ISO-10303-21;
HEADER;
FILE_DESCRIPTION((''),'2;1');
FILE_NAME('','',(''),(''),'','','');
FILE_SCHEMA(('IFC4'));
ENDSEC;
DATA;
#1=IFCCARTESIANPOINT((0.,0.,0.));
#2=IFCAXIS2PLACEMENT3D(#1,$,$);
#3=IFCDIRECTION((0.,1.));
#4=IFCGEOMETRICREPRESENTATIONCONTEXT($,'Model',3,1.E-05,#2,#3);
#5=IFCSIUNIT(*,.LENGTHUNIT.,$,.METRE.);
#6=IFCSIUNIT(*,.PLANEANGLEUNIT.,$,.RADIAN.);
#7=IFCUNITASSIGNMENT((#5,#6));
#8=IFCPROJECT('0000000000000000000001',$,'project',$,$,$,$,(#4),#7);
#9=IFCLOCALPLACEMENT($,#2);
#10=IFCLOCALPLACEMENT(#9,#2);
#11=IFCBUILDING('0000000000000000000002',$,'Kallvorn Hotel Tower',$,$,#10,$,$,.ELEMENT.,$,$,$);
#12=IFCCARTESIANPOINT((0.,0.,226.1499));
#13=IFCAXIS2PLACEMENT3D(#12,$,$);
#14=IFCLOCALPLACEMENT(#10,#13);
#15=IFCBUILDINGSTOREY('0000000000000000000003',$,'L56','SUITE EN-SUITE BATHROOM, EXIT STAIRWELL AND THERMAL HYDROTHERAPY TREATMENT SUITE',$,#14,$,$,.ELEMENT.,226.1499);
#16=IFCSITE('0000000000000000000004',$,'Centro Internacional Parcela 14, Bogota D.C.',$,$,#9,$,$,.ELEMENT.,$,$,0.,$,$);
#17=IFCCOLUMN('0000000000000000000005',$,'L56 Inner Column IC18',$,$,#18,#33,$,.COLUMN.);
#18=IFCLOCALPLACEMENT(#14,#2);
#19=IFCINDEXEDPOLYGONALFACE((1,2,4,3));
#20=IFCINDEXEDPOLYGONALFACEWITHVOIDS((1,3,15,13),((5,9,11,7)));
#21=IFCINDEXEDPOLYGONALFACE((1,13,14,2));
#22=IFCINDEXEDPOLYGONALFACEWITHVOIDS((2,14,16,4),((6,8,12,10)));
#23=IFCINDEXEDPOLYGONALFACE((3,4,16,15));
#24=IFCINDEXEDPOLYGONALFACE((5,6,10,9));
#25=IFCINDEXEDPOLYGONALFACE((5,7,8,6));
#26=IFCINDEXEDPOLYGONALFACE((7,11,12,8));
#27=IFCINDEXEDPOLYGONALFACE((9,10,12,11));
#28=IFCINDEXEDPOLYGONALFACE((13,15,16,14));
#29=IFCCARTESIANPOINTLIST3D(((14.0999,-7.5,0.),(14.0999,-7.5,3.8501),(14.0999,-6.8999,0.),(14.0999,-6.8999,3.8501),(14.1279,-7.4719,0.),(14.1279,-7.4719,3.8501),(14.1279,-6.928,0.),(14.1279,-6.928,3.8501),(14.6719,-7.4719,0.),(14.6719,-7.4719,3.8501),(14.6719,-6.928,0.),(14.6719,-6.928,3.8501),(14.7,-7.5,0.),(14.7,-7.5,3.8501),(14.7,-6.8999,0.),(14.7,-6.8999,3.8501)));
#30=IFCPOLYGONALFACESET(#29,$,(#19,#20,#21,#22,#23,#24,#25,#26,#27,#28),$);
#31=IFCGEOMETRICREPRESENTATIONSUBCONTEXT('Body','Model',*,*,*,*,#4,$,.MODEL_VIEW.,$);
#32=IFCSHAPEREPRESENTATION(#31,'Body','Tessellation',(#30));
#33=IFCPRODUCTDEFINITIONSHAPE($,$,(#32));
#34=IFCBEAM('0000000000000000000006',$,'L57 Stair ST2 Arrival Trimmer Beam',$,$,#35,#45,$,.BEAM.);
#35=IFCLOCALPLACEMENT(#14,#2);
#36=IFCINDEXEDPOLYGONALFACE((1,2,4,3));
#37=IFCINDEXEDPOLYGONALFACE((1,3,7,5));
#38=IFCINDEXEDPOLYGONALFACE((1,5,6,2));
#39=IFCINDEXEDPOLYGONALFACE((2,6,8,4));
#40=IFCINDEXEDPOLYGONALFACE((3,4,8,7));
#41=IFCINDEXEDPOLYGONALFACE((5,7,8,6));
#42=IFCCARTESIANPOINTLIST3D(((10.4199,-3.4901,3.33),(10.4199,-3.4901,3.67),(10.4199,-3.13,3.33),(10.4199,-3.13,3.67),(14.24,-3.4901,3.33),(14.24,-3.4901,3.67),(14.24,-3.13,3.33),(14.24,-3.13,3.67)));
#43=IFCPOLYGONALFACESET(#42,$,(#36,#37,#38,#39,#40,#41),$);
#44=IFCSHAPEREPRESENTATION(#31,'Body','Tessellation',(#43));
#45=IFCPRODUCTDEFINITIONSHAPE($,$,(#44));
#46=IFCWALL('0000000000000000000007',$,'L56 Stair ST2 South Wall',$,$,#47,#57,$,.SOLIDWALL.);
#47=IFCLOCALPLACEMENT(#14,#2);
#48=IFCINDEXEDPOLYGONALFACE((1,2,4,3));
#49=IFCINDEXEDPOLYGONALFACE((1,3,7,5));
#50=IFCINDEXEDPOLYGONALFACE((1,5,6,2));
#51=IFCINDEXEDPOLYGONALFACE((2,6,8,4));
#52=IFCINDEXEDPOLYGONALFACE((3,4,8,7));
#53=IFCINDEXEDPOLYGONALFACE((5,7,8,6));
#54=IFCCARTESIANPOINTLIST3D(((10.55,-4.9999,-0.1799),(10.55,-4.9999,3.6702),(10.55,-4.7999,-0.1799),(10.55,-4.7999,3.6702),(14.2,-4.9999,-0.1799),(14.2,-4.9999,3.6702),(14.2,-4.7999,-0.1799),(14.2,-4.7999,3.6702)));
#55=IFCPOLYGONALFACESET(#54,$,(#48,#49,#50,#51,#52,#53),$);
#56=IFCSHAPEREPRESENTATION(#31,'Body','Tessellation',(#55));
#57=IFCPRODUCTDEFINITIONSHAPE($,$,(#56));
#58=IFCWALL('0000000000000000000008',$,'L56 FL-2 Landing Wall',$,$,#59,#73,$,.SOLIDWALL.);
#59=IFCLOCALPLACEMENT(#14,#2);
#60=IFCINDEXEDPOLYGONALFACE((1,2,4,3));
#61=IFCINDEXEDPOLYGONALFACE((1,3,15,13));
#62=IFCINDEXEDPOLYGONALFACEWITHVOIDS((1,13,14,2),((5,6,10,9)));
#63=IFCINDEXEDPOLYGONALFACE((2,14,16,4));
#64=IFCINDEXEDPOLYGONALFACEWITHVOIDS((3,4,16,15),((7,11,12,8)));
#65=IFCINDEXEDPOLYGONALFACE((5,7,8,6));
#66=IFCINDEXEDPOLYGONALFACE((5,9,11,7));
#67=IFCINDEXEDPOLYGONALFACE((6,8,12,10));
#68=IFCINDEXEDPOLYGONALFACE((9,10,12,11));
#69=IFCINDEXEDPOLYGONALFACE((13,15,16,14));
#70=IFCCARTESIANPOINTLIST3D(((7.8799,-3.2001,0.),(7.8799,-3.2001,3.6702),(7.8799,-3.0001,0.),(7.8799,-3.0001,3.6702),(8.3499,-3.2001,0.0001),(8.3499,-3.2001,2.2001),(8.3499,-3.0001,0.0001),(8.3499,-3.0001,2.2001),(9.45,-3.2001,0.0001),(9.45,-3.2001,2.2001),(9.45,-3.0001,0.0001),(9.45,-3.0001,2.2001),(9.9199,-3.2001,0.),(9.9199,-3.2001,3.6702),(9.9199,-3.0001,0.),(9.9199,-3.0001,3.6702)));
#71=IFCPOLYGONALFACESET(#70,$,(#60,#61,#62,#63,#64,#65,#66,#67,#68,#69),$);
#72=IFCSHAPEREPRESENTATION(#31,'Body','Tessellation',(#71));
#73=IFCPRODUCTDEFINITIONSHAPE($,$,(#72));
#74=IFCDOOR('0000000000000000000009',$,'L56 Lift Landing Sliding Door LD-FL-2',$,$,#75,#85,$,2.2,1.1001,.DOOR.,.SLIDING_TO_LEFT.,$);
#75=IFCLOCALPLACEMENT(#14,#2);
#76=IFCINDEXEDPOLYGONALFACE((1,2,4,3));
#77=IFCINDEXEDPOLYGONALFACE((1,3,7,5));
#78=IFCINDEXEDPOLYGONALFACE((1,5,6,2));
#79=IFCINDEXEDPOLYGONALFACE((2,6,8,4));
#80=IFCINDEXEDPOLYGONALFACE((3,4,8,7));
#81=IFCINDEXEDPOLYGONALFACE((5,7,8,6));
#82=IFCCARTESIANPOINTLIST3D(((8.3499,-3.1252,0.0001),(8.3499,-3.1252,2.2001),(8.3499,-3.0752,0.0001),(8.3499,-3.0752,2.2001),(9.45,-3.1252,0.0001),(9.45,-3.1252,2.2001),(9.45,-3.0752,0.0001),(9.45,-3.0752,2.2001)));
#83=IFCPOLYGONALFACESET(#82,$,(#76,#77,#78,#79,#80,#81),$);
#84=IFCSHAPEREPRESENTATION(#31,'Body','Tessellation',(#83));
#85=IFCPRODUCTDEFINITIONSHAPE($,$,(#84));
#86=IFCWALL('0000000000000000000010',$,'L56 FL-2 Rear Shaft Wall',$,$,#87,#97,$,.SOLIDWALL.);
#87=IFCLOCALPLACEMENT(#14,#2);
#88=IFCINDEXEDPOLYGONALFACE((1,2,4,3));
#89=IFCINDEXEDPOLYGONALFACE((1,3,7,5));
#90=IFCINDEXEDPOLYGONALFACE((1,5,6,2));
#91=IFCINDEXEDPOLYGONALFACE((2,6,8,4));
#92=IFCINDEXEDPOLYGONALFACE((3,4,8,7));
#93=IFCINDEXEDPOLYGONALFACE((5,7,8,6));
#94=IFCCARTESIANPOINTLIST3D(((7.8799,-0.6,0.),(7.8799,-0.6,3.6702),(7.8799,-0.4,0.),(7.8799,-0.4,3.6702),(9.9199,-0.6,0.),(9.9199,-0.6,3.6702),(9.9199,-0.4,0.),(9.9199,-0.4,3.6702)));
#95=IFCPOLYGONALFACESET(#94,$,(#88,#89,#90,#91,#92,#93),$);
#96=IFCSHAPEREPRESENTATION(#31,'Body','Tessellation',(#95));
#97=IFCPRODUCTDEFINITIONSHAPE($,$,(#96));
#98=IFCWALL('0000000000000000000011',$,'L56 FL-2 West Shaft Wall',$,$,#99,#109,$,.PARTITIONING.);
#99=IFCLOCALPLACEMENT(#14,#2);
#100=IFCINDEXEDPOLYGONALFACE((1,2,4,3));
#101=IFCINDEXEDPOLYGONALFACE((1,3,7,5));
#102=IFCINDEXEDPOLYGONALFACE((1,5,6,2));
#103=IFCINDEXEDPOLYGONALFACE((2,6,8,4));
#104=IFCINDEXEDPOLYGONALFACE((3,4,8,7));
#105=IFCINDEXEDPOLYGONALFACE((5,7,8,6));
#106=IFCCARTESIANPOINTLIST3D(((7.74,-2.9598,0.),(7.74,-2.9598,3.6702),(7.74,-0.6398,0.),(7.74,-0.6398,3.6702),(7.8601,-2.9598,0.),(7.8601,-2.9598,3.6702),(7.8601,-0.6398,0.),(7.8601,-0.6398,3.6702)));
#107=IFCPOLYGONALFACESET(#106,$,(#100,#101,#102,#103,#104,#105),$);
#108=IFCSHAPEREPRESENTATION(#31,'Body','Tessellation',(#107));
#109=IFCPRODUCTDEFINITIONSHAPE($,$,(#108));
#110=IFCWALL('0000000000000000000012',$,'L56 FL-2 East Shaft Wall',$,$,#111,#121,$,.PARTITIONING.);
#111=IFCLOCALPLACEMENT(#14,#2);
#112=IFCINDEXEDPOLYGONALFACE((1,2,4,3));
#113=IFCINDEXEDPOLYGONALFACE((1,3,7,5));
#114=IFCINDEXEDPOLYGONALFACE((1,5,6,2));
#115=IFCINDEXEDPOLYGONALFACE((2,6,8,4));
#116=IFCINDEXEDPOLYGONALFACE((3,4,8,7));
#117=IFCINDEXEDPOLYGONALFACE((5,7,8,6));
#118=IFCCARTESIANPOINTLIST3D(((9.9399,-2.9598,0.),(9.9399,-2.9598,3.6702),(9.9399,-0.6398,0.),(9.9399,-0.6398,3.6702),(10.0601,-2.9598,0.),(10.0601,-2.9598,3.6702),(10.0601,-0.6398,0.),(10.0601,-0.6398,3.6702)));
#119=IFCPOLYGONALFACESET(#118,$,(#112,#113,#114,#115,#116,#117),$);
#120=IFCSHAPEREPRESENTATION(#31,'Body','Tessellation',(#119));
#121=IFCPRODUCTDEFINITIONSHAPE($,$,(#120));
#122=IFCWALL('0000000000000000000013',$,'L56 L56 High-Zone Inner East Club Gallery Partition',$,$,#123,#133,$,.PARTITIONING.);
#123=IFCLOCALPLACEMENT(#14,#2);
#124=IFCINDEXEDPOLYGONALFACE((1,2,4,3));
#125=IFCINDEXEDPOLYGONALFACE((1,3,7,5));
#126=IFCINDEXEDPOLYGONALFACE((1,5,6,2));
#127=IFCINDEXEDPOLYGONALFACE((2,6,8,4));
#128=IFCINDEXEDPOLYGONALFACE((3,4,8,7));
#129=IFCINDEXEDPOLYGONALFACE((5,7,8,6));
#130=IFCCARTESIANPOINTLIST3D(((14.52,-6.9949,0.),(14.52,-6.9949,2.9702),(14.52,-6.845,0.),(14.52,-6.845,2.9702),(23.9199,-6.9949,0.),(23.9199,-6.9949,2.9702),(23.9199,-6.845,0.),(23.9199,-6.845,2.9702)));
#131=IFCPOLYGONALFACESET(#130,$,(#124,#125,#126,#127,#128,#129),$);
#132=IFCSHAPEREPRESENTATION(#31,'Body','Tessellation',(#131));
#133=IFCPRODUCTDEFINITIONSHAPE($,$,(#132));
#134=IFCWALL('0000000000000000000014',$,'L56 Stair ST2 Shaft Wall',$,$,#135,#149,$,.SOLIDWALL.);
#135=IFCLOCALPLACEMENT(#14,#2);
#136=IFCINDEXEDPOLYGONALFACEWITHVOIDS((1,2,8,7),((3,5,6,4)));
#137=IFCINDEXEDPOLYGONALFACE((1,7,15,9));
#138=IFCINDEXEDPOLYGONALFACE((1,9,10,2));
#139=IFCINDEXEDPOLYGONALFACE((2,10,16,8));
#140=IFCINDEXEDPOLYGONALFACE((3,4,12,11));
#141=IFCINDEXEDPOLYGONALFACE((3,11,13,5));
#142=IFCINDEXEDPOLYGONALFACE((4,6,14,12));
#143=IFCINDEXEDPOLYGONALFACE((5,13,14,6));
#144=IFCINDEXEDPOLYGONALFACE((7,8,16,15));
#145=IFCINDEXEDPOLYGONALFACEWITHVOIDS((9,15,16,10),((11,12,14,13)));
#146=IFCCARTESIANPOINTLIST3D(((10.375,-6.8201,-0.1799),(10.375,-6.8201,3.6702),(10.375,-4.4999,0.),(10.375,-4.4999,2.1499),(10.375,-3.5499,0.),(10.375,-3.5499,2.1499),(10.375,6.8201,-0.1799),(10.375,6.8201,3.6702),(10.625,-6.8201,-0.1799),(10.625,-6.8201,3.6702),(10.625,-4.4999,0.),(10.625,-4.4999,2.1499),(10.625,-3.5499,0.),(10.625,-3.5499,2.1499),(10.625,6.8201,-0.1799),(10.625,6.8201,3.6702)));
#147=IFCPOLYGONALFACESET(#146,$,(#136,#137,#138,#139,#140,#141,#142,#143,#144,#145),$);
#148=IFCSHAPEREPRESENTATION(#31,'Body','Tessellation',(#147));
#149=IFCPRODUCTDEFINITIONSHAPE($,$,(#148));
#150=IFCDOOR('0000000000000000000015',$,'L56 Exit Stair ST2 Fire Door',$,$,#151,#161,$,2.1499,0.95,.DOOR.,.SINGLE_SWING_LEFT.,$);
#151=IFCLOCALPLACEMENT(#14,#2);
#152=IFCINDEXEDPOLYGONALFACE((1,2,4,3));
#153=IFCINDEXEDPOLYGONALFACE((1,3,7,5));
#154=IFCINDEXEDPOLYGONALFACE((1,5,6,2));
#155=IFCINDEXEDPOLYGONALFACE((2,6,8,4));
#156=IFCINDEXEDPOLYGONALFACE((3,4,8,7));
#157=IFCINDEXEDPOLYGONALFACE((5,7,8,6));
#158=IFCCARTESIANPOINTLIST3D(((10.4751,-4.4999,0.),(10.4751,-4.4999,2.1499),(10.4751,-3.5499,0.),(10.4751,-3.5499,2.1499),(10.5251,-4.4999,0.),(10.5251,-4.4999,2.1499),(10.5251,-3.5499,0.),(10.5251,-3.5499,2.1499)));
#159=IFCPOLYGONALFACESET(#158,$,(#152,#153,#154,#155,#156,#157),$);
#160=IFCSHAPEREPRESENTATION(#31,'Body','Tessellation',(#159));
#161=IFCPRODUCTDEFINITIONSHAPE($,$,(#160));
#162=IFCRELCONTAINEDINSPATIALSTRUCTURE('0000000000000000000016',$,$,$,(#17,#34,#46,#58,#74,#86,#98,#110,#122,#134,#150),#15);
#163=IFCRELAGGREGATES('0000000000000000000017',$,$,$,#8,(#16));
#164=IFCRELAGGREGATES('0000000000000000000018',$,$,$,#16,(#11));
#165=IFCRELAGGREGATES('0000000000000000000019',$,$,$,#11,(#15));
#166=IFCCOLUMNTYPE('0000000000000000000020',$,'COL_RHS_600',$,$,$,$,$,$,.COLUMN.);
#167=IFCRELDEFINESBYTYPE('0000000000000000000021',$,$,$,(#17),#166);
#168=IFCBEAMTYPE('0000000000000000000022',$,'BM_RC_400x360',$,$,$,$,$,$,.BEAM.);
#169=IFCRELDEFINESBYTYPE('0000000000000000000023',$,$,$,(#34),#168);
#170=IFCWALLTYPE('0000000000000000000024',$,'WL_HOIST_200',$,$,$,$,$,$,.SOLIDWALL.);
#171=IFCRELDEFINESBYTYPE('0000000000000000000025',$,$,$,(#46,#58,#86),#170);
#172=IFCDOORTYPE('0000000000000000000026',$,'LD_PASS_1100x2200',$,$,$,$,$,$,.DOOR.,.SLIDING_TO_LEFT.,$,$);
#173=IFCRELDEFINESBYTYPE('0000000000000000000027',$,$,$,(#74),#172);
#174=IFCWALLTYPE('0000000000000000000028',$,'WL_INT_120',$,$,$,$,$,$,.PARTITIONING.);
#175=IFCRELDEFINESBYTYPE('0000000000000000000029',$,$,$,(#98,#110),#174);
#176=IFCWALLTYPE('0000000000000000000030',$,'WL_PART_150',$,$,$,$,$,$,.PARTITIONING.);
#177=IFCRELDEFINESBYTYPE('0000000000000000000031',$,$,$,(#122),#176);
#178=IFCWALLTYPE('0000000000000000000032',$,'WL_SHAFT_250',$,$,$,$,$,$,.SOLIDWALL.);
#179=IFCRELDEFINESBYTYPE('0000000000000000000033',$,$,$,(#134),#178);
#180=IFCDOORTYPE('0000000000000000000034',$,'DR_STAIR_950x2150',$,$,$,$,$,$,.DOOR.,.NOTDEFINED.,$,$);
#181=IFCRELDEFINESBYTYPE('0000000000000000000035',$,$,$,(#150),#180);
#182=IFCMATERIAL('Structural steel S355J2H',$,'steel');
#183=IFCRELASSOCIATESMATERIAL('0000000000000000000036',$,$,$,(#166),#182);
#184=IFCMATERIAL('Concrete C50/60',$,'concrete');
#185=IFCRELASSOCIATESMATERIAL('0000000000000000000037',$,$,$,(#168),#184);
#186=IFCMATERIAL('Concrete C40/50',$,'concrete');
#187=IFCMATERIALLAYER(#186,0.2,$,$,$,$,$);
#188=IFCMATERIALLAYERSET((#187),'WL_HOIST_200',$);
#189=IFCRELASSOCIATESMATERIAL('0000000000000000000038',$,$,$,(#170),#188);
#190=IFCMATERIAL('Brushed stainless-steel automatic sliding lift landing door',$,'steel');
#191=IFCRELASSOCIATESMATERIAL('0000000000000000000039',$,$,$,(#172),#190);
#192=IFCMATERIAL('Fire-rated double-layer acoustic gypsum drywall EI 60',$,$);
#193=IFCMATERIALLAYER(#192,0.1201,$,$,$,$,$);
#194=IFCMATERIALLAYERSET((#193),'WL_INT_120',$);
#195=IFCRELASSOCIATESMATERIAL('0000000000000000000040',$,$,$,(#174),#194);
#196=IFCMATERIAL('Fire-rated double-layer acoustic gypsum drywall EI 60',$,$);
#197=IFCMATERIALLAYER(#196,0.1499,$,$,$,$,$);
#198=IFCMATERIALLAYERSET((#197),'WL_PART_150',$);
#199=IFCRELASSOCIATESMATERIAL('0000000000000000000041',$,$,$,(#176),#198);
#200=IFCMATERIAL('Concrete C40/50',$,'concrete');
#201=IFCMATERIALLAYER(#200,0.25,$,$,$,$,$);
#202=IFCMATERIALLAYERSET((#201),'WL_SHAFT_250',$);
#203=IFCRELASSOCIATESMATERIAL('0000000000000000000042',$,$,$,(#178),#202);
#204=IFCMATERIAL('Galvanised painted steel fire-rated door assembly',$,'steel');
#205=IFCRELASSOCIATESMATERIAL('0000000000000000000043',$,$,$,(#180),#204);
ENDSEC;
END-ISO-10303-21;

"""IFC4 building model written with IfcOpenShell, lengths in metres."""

from ifc_helpers import new_model, si_unit, direction, frame, frame_2d, origin, origin_2d, place, context, subcontext, project, spatial, rectangle, hollow_rectangle, extrude, material, layer, layer_set, material_profile, profile_set, type_object, element, fill, save


model = new_model("IFC4")

# Units and contexts
model_context = context("Model", 3, precision=1e-05, world=origin(), true_north=direction((0.0, 1.0)))
body_context = subcontext(model_context, "Body", "Model", "MODEL_VIEW")
ifc_project = project(units=[si_unit("LENGTHUNIT", "METRE"), si_unit("PLANEANGLEUNIT", "RADIAN")], contexts=[model_context])

# Site, building, storey
site_placement = place(None, origin())
site = spatial("IfcSite", under=ifc_project, at=site_placement, Name="Centro Internacional Parcela 14, Bogota D.C.", CompositionType="ELEMENT", RefElevation=0.0)
building_placement = place(site_placement, origin())
building = spatial("IfcBuilding", under=site, at=building_placement, Name="Kallvorn Hotel Tower", CompositionType="ELEMENT")
storey_placement = place(building_placement, frame((0.0, 0.0, 226.1499)))
storey = spatial("IfcBuildingStorey", under=building, at=storey_placement, Name="L56", Description="SUITE EN-SUITE BATHROOM, EXIT STAIRWELL AND THERMAL HYDROTHERAPY TREATMENT SUITE", CompositionType="ELEMENT", Elevation=226.1499)

# Column
ifc_material_1 = material(Name="Structural steel S355J2H", Category="steel")
ifc_material_profile_1 = material_profile(ifc_material_1, hollow_rectangle(XDim=0.6001, YDim=0.6001, WallThickness=0.0281, at=origin_2d()), Name="RHS 600x600x28")
ifc_profile_set_1 = profile_set([ifc_material_profile_1], Name="Structural steel S355J2H")
column_type = type_object("IfcColumnType", Name="COL_RHS_600", PredefinedType="COLUMN", material=ifc_profile_set_1)
column_placement = place(storey_placement, frame((14.3999, -7.2, 0.0), z_axis=(0.0, 0.0, 1.0), x_axis=(1.0, 0.0, 0.0)))
element("IfcColumn", 1, at=column_placement, inside=storey, type_object=column_type, Name="L56 Inner Column IC18", PredefinedType="COLUMN", context=body_context, shape_type="SweptSolid", body=[
    extrude(hollow_rectangle(XDim=0.6001, YDim=0.6001, WallThickness=0.0281, at=origin_2d()), origin(), (0.0, 0.0, 1.0), 3.8501),
])

# Beam
ifc_material_2 = material(Name="Concrete C50/60", Category="concrete")
ifc_material_profile_2 = material_profile(ifc_material_2, rectangle(XDim=0.3601, YDim=0.3401, at=origin_2d()), Name="RC 360x340")
ifc_profile_set_2 = profile_set([ifc_material_profile_2], Name="Concrete C50/60")
beam_type = type_object("IfcBeamType", Name="BM_RC_400x360", PredefinedType="BEAM", material=ifc_profile_set_2)
beam_placement = place(storey_placement, frame((14.24, -3.3101, 3.5), z_axis=(-1.0, 0.0, 0.0), x_axis=(0.0, -1.0, 0.0)))
element("IfcBeam", 2, at=beam_placement, inside=storey, type_object=beam_type, Name="L57 Stair ST2 Arrival Trimmer Beam", PredefinedType="BEAM", context=body_context, shape_type="SweptSolid", body=[
    extrude(rectangle(XDim=0.3601, YDim=0.3401, at=origin_2d()), origin(), (0.0, 0.0, 1.0), 3.8201),
])

# Wall
ifc_material_3 = material(Name="Concrete C40/50", Category="concrete")
ifc_layer_1 = layer(ifc_material_3, 0.2)
ifc_layer_set_1 = layer_set([ifc_layer_1], Name="WL_HOIST_200")
wall_type_1 = type_object("IfcWallType", Name="WL_HOIST_200", PredefinedType="SOLIDWALL", material=ifc_layer_set_1)
wall_1_placement = place(storey_placement, frame((10.55, -4.8999, -0.1799), z_axis=(0.0, 0.0, 1.0), x_axis=(1.0, 0.0, 0.0)))
element("IfcWall", 3, at=wall_1_placement, inside=storey, type_object=wall_type_1, Name="L56 Stair ST2 South Wall", PredefinedType="SOLIDWALL", context=body_context, shape_type="SweptSolid", body=[
    extrude(rectangle(XDim=3.6499, YDim=0.2, at=frame_2d((1.825, 0.0))), origin(), (0.0, 0.0, 1.0), 3.8501),
])

# Wall, opening, door
wall_2_placement = place(storey_placement, frame((7.8799, -3.1001, 0.0), z_axis=(0.0, 0.0, 1.0), x_axis=(1.0, 0.0, 0.0)))
wall_2 = element("IfcWall", 4, at=wall_2_placement, inside=storey, type_object=wall_type_1, Name="L56 FL-2 Landing Wall", PredefinedType="SOLIDWALL", context=body_context, shape_type="SweptSolid", body=[
    extrude(rectangle(XDim=2.04, YDim=0.2, at=frame_2d((1.02, 0.0))), origin(), (0.0, 0.0, 1.0), 3.6702),
])
opening_1_placement = place(wall_2_placement, frame((0.47, 0.0, 0.0)))
opening_1 = element("IfcOpeningElement", 5, at=opening_1_placement, cuts=wall_2, PredefinedType="OPENING", context=body_context, shape_type="SweptSolid", body=[
    extrude(rectangle(XDim=1.1001, YDim=2.2, at=frame_2d((0.55, 1.1001))), frame((0.0, 0.115, 0.0), z_axis=(0.0, -1.0, 0.0), x_axis=(1.0, 0.0, 0.0)), (0.0, 0.0, 1.0), 0.23),
])
ifc_material_4 = material(Name="Brushed stainless-steel automatic sliding lift landing door", Category="steel")
door_type_1 = type_object("IfcDoorType", Name="LD_PASS_1100x2200", OperationType="SLIDING_TO_LEFT", PredefinedType="DOOR", material=ifc_material_4)
door_1_placement = place(opening_1_placement, origin())
door_1 = element("IfcDoor", 6, at=door_1_placement, inside=storey, type_object=door_type_1, Name="L56 Lift Landing Sliding Door LD-FL-2", OperationType="SLIDING_TO_LEFT", OverallHeight=2.2, OverallWidth=1.1001, PredefinedType="DOOR", context=body_context, shape_type="SweptSolid", body=[
    extrude(rectangle(XDim=1.1001, YDim=2.2, at=frame_2d((0.55, 1.1001))), frame((0.0, 0.0249, 0.0), z_axis=(0.0, -1.0, 0.0), x_axis=(1.0, 0.0, 0.0)), (0.0, 0.0, 1.0), 0.05),
])
fill(opening_1, door_1)

# Walls
wall_3_placement = place(storey_placement, frame((7.8799, -0.5, 0.0), z_axis=(0.0, 0.0, 1.0), x_axis=(1.0, 0.0, 0.0)))
element("IfcWall", 7, at=wall_3_placement, inside=storey, type_object=wall_type_1, Name="L56 FL-2 Rear Shaft Wall", PredefinedType="SOLIDWALL", context=body_context, shape_type="SweptSolid", body=[
    extrude(rectangle(XDim=2.04, YDim=0.2, at=frame_2d((1.02, 0.0))), origin(), (0.0, 0.0, 1.0), 3.6702),
])
ifc_material_5 = material(Name="Fire-rated double-layer acoustic gypsum drywall EI 60")
ifc_layer_2 = layer(ifc_material_5, 0.1201)
ifc_layer_set_2 = layer_set([ifc_layer_2], Name="WL_INT_120")
wall_type_2 = type_object("IfcWallType", Name="WL_INT_120", PredefinedType="PARTITIONING", material=ifc_layer_set_2)
for number, where, z_axis, x_axis, name in (
    (8, (7.8, -2.96, 0.0), (0.0, 0.0, 1.0), (0.0, 1.0, 0.0), "L56 FL-2 West Shaft Wall"),
    (9, (10.0, -2.96, 0.0), (0.0, 0.0, 1.0), (0.0, 1.0, 0.0), "L56 FL-2 East Shaft Wall"),
):
    element("IfcWall", number, at=place(storey_placement, frame(where, z_axis=z_axis, x_axis=x_axis)), inside=storey, type_object=wall_type_2, Name=name, PredefinedType="PARTITIONING", context=body_context, shape_type="SweptSolid", body=[
        extrude(rectangle(XDim=2.3201, YDim=0.1201, at=frame_2d((1.1602, 0.0))), origin(), (0.0, 0.0, 1.0), 3.6702),
    ])
ifc_material_6 = material(Name="Fire-rated double-layer acoustic gypsum drywall EI 60")
ifc_layer_3 = layer(ifc_material_6, 0.1499)
ifc_layer_set_3 = layer_set([ifc_layer_3], Name="WL_PART_150")
wall_type_3 = type_object("IfcWallType", Name="WL_PART_150", PredefinedType="PARTITIONING", material=ifc_layer_set_3)
wall_4_placement = place(storey_placement, frame((14.52, -6.9199, 0.0), z_axis=(0.0, 0.0, 1.0), x_axis=(1.0, 0.0, 0.0)))
element("IfcWall", 10, at=wall_4_placement, inside=storey, type_object=wall_type_3, Name="L56 L56 High-Zone Inner East Club Gallery Partition", PredefinedType="PARTITIONING", context=body_context, shape_type="SweptSolid", body=[
    extrude(rectangle(XDim=9.3999, YDim=0.1499, at=frame_2d((4.7, 0.0))), origin(), (0.0, 0.0, 1.0), 2.9702),
])

# Wall, opening, door
ifc_material_7 = material(Name="Concrete C40/50", Category="concrete")
ifc_layer_4 = layer(ifc_material_7, 0.25)
ifc_layer_set_4 = layer_set([ifc_layer_4], Name="WL_SHAFT_250")
wall_type_4 = type_object("IfcWallType", Name="WL_SHAFT_250", PredefinedType="SOLIDWALL", material=ifc_layer_set_4)
wall_5_placement = place(storey_placement, frame((10.5, -6.8201, -0.1799), z_axis=(0.0, 0.0, 1.0), x_axis=(0.0, 1.0, 0.0)))
wall_5 = element("IfcWall", 11, at=wall_5_placement, inside=storey, type_object=wall_type_4, Name="L56 Stair ST2 Shaft Wall", PredefinedType="SOLIDWALL", context=body_context, shape_type="SweptSolid", body=[
    extrude(rectangle(XDim=13.6401, YDim=0.25, at=frame_2d((6.8201, 0.0))), origin(), (0.0, 0.0, 1.0), 3.8501),
])
opening_2_placement = place(wall_5_placement, frame((2.3201, 0.0, 0.1799)))
opening_2 = element("IfcOpeningElement", 12, at=opening_2_placement, cuts=wall_5, PredefinedType="OPENING", context=body_context, shape_type="SweptSolid", body=[
    extrude(rectangle(XDim=0.95, YDim=2.1499, at=frame_2d((0.4751, 1.075))), frame((0.0, 0.1399, 0.0), z_axis=(0.0, -1.0, 0.0), x_axis=(1.0, 0.0, 0.0)), (0.0, 0.0, 1.0), 0.28),
])
ifc_material_8 = material(Name="Galvanised painted steel fire-rated door assembly", Category="steel")
door_type_2 = type_object("IfcDoorType", Name="DR_STAIR_950x2150", OperationType="NOTDEFINED", PredefinedType="DOOR", material=ifc_material_8)
door_2_placement = place(opening_2_placement, origin())
door_2 = element("IfcDoor", 13, at=door_2_placement, inside=storey, type_object=door_type_2, Name="L56 Exit Stair ST2 Fire Door", OperationType="SINGLE_SWING_LEFT", OverallHeight=2.1499, OverallWidth=0.95, PredefinedType="DOOR", context=body_context, shape_type="SweptSolid", body=[
    extrude(rectangle(XDim=0.95, YDim=2.1499, at=frame_2d((0.4751, 1.075))), frame((0.0, 0.0249, 0.0), z_axis=(0.0, -1.0, 0.0), x_axis=(1.0, 0.0, 0.0)), (0.0, 0.0, 1.0), 0.05),
])
fill(opening_2, door_2)

save(model, "model.ifc")
